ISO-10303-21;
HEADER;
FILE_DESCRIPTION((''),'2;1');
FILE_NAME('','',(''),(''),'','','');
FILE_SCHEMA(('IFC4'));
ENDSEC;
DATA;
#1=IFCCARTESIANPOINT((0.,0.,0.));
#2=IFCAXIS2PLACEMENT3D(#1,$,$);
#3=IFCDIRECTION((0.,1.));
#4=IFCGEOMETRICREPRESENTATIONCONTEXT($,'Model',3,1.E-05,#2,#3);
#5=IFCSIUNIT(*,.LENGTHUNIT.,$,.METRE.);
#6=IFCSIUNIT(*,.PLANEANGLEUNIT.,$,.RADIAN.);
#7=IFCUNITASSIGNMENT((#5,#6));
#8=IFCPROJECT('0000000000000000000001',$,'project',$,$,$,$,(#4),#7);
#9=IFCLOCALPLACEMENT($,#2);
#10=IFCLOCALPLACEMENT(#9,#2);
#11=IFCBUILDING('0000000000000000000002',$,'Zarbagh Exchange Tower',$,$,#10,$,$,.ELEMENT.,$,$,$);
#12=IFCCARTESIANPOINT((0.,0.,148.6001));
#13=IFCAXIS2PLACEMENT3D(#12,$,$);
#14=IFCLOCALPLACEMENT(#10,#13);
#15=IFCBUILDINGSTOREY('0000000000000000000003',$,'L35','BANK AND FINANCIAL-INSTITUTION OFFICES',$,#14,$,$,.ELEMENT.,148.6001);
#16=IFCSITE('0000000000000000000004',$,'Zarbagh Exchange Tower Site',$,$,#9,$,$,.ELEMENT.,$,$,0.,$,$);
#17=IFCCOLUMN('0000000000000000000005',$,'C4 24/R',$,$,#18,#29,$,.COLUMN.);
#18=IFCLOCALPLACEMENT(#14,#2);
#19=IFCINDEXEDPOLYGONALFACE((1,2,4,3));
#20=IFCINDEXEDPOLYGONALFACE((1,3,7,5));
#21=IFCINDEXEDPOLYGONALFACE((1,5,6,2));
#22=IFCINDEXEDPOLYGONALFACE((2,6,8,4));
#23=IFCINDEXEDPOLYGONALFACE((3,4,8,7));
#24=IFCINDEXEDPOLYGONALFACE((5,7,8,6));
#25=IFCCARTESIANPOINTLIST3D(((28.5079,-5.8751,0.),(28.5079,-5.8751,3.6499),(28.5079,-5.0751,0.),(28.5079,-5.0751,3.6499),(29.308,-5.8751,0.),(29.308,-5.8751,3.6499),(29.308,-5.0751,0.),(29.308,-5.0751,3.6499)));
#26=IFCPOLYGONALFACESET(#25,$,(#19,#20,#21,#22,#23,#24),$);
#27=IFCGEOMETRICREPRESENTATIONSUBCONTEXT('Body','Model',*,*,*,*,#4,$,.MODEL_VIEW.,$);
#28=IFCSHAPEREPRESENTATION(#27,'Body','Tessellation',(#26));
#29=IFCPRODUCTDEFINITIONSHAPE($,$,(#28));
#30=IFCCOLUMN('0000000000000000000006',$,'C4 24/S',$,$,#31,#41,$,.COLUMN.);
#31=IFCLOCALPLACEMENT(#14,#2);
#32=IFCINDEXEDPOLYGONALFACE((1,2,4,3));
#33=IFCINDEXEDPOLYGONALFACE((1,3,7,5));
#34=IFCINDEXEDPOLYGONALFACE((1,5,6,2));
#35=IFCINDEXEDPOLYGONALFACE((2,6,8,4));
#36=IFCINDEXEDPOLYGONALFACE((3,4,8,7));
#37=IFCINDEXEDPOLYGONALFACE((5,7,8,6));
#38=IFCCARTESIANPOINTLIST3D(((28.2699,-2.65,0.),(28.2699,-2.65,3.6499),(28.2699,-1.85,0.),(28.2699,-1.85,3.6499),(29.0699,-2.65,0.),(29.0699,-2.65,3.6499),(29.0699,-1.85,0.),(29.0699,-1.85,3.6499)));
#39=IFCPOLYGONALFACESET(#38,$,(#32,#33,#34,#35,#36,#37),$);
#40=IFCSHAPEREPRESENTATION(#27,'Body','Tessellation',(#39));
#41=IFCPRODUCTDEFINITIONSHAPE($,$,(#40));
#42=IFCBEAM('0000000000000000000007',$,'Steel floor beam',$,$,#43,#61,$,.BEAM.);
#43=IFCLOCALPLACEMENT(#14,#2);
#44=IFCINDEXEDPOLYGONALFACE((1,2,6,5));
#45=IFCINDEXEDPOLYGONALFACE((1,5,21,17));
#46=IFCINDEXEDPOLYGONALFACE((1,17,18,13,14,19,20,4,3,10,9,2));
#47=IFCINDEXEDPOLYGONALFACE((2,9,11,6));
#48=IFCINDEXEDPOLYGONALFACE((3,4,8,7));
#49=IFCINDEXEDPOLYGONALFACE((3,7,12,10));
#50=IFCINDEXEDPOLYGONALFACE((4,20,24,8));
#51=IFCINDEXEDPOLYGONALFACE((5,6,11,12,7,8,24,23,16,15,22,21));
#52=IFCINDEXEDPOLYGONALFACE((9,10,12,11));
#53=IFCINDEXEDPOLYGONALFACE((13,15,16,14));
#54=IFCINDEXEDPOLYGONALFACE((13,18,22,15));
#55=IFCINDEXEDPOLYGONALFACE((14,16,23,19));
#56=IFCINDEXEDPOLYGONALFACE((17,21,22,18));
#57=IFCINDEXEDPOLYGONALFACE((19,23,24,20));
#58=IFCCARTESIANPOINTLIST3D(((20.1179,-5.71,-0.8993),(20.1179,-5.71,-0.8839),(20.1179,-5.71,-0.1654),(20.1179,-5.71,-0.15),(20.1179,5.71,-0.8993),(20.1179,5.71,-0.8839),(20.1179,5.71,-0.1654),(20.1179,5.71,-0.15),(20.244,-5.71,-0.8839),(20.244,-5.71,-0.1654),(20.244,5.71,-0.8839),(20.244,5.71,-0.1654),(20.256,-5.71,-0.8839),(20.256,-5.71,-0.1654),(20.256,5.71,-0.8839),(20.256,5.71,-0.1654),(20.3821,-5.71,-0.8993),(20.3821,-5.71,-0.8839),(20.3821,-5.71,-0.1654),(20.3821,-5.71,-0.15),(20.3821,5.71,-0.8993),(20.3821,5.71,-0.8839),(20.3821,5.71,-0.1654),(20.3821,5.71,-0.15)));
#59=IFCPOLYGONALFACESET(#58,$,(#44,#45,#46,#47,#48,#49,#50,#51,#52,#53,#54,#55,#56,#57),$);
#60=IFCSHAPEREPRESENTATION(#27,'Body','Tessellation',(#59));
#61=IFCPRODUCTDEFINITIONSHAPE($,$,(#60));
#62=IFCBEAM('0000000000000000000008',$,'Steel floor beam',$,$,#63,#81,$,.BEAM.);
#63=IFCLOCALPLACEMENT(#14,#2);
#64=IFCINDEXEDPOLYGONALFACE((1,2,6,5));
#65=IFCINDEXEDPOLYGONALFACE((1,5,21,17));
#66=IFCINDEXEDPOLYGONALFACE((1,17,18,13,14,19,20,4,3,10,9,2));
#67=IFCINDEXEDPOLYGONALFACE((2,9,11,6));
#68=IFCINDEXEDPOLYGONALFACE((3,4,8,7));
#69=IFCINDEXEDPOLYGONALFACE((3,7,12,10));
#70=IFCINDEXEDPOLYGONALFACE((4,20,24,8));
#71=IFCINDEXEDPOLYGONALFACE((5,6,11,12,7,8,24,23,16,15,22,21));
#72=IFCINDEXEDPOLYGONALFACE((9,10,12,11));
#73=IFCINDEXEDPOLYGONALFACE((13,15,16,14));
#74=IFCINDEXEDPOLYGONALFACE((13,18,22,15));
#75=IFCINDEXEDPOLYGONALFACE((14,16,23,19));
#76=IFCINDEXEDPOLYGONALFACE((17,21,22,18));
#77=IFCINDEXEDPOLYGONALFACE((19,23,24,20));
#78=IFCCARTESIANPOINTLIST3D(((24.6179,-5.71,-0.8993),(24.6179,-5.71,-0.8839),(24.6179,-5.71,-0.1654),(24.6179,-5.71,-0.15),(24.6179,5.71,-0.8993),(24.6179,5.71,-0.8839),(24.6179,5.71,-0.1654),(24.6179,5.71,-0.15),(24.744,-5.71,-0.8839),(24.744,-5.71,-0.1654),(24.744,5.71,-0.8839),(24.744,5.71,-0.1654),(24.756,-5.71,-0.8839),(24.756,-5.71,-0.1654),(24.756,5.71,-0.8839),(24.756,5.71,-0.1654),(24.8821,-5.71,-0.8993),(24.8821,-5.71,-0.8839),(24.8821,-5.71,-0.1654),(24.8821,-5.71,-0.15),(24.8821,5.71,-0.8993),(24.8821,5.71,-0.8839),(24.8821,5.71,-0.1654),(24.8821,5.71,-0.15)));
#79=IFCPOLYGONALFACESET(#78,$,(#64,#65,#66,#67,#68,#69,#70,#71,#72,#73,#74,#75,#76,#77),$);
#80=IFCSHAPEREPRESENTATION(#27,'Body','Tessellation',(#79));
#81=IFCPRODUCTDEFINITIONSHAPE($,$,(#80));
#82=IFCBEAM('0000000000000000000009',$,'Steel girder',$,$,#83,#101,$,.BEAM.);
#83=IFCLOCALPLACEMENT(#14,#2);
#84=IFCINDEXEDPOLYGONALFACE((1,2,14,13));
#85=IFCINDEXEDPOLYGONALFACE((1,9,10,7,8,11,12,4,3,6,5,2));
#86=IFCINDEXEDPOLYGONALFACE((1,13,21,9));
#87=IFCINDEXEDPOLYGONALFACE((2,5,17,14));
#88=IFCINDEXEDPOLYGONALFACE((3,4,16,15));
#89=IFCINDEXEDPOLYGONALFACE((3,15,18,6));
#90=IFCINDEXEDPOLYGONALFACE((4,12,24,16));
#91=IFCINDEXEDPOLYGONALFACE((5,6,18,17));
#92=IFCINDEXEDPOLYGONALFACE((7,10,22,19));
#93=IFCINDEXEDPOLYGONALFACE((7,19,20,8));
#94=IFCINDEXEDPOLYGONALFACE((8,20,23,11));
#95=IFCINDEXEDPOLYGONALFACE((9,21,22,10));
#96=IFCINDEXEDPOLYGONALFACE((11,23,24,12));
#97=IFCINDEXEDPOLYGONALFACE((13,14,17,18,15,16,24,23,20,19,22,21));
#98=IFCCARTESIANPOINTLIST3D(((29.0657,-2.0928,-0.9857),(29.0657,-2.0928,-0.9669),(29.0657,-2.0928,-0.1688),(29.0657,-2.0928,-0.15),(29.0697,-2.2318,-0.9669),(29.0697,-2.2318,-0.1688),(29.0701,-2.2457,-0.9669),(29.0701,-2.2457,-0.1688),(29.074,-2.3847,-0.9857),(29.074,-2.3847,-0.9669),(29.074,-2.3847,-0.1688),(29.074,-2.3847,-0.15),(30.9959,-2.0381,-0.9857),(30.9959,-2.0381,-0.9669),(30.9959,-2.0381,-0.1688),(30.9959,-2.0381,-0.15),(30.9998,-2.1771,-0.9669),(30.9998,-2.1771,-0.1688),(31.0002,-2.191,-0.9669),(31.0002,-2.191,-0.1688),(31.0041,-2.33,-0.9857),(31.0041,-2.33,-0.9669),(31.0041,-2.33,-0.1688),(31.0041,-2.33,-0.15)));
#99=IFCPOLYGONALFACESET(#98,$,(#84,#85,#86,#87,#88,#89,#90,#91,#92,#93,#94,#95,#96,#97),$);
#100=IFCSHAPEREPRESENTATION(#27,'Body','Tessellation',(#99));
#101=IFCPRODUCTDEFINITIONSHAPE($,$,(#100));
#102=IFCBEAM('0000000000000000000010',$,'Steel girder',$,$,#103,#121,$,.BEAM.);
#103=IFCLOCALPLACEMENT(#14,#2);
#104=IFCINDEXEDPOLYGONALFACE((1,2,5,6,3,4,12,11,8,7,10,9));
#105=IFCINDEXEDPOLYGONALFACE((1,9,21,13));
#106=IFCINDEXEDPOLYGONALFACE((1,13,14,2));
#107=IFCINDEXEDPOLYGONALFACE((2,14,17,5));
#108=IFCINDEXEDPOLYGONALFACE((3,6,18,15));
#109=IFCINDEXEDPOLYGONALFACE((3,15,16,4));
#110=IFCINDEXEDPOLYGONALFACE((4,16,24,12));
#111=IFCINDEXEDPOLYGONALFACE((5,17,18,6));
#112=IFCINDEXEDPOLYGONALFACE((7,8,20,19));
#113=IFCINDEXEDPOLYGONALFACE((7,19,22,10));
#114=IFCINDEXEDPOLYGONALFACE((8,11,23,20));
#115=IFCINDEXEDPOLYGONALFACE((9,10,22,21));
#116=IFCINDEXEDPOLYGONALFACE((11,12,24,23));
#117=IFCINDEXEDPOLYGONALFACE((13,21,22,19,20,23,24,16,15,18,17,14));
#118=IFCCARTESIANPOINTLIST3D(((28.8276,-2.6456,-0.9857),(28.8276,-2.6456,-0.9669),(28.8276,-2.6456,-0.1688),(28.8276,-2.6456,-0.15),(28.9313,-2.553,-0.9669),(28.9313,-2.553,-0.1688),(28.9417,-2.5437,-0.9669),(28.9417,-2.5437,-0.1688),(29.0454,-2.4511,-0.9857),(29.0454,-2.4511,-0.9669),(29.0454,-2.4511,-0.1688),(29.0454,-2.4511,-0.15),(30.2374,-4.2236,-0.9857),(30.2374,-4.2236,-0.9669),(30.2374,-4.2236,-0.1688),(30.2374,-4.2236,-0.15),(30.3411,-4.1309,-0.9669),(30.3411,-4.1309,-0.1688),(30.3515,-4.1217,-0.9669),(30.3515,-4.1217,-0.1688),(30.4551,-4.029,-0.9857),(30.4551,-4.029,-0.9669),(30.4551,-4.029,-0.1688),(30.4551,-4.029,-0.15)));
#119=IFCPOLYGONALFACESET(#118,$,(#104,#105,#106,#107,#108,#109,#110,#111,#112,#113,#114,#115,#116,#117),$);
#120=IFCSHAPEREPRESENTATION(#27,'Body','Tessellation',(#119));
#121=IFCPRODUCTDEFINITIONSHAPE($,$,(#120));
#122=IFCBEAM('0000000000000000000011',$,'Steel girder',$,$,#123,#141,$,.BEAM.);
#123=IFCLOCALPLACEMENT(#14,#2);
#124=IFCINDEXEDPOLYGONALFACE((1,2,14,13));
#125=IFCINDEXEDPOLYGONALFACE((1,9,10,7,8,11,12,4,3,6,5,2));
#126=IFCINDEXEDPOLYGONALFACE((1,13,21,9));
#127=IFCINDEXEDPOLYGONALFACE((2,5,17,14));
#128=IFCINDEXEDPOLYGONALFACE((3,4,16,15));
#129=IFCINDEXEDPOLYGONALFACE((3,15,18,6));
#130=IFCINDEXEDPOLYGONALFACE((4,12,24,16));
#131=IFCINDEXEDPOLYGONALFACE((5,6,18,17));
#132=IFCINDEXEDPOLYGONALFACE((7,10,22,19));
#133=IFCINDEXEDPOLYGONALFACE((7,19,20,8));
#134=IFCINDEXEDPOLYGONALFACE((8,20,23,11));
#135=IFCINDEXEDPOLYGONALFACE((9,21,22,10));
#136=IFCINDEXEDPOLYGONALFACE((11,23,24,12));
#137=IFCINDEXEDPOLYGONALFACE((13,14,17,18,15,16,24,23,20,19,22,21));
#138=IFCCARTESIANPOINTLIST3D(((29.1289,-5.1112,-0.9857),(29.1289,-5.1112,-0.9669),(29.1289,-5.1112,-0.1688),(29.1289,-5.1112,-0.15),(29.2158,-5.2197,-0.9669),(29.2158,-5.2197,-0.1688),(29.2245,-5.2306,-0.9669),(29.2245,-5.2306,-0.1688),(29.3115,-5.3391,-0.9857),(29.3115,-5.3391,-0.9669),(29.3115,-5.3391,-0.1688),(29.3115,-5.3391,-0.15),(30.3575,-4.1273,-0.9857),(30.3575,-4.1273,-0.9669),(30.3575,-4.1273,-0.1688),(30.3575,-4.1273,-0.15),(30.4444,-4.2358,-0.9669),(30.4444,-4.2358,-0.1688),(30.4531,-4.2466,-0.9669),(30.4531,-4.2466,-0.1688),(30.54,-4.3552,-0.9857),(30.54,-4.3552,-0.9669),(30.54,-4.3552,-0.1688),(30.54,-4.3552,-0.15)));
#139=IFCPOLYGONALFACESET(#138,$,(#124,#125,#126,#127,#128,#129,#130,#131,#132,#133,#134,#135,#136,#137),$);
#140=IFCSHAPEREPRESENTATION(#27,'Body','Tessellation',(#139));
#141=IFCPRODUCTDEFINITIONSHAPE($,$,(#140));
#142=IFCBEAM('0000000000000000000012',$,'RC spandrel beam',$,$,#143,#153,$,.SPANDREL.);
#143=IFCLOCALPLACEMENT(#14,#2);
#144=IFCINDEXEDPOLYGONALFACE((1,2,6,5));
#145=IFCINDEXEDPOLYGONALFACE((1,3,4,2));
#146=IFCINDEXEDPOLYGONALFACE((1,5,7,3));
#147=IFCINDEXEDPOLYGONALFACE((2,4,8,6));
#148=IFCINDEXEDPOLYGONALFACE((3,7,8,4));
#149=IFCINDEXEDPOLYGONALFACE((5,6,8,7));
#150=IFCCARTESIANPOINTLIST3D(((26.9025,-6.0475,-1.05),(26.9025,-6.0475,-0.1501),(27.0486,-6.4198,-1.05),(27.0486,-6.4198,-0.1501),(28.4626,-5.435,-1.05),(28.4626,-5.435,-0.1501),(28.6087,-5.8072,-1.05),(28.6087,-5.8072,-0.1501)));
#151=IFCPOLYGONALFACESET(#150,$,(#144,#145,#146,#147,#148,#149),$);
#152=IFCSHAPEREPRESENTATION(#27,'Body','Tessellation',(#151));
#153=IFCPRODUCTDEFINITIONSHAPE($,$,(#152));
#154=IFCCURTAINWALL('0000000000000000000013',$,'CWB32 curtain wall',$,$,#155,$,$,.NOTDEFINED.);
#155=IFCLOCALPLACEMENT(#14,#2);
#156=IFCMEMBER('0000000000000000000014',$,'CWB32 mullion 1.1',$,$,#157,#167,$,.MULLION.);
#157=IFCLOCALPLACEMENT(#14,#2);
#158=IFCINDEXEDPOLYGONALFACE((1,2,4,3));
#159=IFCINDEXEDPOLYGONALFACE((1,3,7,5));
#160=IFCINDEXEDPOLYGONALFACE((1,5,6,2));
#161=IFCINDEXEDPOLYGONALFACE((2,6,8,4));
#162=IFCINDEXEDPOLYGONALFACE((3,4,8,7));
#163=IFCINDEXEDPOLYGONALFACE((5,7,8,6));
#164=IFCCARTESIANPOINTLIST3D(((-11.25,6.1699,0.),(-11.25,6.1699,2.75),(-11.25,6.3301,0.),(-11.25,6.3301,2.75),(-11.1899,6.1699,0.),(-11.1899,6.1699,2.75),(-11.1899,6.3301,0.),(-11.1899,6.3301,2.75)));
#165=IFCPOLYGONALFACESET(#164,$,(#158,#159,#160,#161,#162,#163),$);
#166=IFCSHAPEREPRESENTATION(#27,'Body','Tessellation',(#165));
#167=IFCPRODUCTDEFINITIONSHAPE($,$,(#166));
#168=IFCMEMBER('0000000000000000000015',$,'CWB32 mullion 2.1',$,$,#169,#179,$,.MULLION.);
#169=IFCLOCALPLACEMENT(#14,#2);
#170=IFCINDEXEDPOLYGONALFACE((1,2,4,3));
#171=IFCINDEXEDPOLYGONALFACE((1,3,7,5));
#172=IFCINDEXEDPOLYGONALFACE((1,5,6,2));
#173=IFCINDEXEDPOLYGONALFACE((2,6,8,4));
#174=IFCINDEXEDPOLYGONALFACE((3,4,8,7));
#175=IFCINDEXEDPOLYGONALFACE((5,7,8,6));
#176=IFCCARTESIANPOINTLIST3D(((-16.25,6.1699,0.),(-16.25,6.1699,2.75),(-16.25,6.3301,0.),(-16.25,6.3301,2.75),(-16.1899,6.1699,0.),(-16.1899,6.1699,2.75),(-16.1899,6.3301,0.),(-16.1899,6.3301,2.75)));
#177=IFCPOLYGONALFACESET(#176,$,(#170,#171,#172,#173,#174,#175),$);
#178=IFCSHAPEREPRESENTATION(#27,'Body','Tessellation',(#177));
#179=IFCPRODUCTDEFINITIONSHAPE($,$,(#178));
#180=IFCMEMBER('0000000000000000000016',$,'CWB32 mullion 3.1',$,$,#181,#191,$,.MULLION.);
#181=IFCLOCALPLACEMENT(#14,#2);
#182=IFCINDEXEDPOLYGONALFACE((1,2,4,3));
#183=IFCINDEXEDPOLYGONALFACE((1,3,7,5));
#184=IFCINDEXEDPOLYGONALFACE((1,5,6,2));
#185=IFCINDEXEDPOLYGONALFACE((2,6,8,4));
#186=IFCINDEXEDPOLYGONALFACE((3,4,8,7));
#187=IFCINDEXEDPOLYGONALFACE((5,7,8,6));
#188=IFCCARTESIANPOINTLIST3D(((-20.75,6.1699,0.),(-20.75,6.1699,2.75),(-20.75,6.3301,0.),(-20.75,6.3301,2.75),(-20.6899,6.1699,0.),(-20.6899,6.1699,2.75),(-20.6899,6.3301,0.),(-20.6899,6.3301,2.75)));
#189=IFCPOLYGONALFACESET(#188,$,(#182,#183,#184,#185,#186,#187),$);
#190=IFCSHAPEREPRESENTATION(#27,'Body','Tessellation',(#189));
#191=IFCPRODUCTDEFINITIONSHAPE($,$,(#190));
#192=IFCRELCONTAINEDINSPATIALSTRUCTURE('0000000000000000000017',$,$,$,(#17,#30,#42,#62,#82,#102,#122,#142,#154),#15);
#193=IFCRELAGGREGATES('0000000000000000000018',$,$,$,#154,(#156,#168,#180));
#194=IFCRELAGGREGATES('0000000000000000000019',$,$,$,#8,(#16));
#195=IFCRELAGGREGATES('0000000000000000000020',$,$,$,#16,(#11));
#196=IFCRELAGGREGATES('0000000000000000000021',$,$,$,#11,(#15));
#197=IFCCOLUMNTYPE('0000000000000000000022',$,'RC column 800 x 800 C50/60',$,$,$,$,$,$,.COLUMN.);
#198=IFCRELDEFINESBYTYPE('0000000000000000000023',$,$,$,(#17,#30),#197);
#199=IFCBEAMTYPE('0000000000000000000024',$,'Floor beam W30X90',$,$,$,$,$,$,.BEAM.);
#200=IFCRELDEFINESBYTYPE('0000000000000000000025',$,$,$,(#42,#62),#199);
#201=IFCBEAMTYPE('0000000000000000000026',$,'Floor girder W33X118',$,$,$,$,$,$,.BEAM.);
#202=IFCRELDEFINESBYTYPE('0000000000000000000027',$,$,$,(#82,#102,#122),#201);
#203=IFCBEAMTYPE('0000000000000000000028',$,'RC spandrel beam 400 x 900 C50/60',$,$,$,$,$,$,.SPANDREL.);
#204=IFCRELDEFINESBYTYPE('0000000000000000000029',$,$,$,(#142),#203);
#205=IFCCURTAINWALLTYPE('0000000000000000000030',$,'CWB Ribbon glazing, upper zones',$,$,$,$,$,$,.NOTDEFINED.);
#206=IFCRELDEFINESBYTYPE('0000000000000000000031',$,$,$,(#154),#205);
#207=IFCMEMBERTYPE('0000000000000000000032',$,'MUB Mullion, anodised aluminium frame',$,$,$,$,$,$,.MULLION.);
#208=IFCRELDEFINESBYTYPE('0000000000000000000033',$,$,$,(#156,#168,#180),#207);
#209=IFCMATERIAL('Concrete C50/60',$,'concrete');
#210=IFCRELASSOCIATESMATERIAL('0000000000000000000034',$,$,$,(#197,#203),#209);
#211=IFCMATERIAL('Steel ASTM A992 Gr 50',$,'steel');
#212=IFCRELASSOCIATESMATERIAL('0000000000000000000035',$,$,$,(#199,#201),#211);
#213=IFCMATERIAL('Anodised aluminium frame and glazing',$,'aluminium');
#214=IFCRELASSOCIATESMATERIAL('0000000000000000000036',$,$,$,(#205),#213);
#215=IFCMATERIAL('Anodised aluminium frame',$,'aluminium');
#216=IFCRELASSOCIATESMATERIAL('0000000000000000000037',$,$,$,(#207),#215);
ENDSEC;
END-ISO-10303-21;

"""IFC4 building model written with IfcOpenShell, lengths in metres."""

from ifc_helpers import new_model, si_unit, direction, frame, origin, origin_2d, place, context, subcontext, project, spatial, polyline, rectangle, i_section, outline, extrude, source, transform, mapped, material, material_profile, profile_set, type_object, element, aggregate, save


model = new_model("IFC4")

# Units and contexts
model_context = context("Model", 3, precision=1e-05, world=origin(), true_north=direction((0.0, 1.0)))
body_context = subcontext(model_context, "Body", "Model", "MODEL_VIEW")
ifc_project = project(units=[si_unit("LENGTHUNIT", "METRE"), si_unit("PLANEANGLEUNIT", "RADIAN")], contexts=[model_context])

# Site, building, storey
site_placement = place(None, origin())
site = spatial("IfcSite", under=ifc_project, at=site_placement, Name="Zarbagh Exchange Tower Site", CompositionType="ELEMENT", RefElevation=0.0)
building_placement = place(site_placement, origin())
building = spatial("IfcBuilding", under=site, at=building_placement, Name="Zarbagh Exchange Tower", CompositionType="ELEMENT")
storey_placement = place(building_placement, frame((0.0, 0.0, 148.6001)))
storey = spatial("IfcBuildingStorey", under=building, at=storey_placement, Name="L35", Description="BANK AND FINANCIAL-INSTITUTION OFFICES", CompositionType="ELEMENT", Elevation=148.6001)

# Columns
ifc_material_1 = material(Name="Concrete C50/60", Category="concrete")
ifc_material_profile_1 = material_profile(ifc_material_1, rectangle(XDim=0.8, YDim=0.8, at=origin_2d()), Name="RC column 800 x 800 C50/60")
ifc_profile_set_1 = profile_set([ifc_material_profile_1], Name="Concrete C50/60")
column_type = type_object("IfcColumnType", Name="RC column 800 x 800 C50/60", PredefinedType="COLUMN", material=ifc_profile_set_1)
for number, where, z_axis, x_axis, name in (
    (1, (28.908, -5.4751, 0.0), (0.0, 0.0, 1.0), (1.0, 0.0, 0.0), "C4 24/R"),
    (2, (28.6699, -2.25, 0.0), (0.0, 0.0, 1.0), (1.0, 0.0, 0.0), "C4 24/S"),
):
    element("IfcColumn", number, at=place(storey_placement, frame(where, z_axis=z_axis, x_axis=x_axis)), inside=storey, type_object=column_type, Name=name, PredefinedType="COLUMN", context=body_context, shape_type="SweptSolid", body=[
        extrude(rectangle(XDim=0.8, YDim=0.8, at=origin_2d()), origin(), (0.0, 0.0, 1.0), 3.6499),
    ])

# Beams
ifc_material_2 = material(Name="Steel ASTM A992 Gr 50", Category="steel")
ifc_material_profile_2 = material_profile(ifc_material_2, i_section(OverallWidth=0.2642, OverallDepth=0.7493, WebThickness=0.012, FlangeThickness=0.0154, at=origin_2d()), Name="W30X90")
ifc_profile_set_2 = profile_set([ifc_material_profile_2], Name="Steel ASTM A992 Gr 50")
beam_type_1 = type_object("IfcBeamType", Name="Floor beam W30X90", PredefinedType="BEAM", material=ifc_profile_set_2)
for number, where, z_axis, x_axis, name in (
    (3, (20.25, -5.71, -0.5247), (0.0, 1.0, 0.0), (-1.0, 0.0, 0.0), "Steel floor beam"),
    (4, (24.75, -5.71, -0.5247), (0.0, 1.0, 0.0), (-1.0, 0.0, 0.0), "Steel floor beam"),
):
    element("IfcBeam", number, at=place(storey_placement, frame(where, z_axis=z_axis, x_axis=x_axis)), inside=storey, type_object=beam_type_1, Name=name, PredefinedType="BEAM", context=body_context, shape_type="SweptSolid", body=[
        extrude(i_section(OverallWidth=0.2642, OverallDepth=0.7493, WebThickness=0.012, FlangeThickness=0.0154, at=origin_2d()), origin(), (0.0, 0.0, 1.0), 11.4199),
    ])
ifc_material_profile_3 = material_profile(ifc_material_2, i_section(OverallWidth=0.292, OverallDepth=0.8357, WebThickness=0.0139, FlangeThickness=0.0188, at=origin_2d()), Name="W33X118")
ifc_profile_set_3 = profile_set([ifc_material_profile_3], Name="Steel ASTM A992 Gr 50")
beam_type_2 = type_object("IfcBeamType", Name="Floor girder W33X118", PredefinedType="BEAM", material=ifc_profile_set_3)
beam_1_placement = place(storey_placement, frame((31.0, -2.1841, -0.5679), z_axis=(-0.999599, -0.028322, 0.0), x_axis=(0.028322, -0.999599, 0.0)))
element("IfcBeam", 5, at=beam_1_placement, inside=storey, type_object=beam_type_2, Name="Steel girder", PredefinedType="BEAM", context=body_context, shape_type="SweptSolid", body=[
    extrude(i_section(OverallWidth=0.292, OverallDepth=0.8357, WebThickness=0.0139, FlangeThickness=0.0188, at=origin_2d()), origin(), (0.0, 0.0, 1.0), 1.9309),
])
beam_2_placement = place(storey_placement, frame((28.9365, -2.5483, -0.5679), z_axis=(0.666238, -0.745739, 0.0), x_axis=(0.745739, 0.666238, 0.0)))
element("IfcBeam", 6, at=beam_2_placement, inside=storey, type_object=beam_type_2, Name="Steel girder", PredefinedType="BEAM", context=body_context, shape_type="SweptSolid", body=[
    extrude(i_section(OverallWidth=0.292, OverallDepth=0.8357, WebThickness=0.0139, FlangeThickness=0.0188, at=origin_2d()), origin(), (0.0, 0.0, 1.0), 2.116),
])
beam_3_placement = place(storey_placement, frame((30.4487, -4.2412, -0.5679), z_axis=(-0.780536, -0.625111, 0.0), x_axis=(0.625111, -0.780536, 0.0)))
element("IfcBeam", 7, at=beam_3_placement, inside=storey, type_object=beam_type_2, Name="Steel girder", PredefinedType="BEAM", context=body_context, shape_type="SweptSolid", body=[
    extrude(i_section(OverallWidth=0.292, OverallDepth=0.8357, WebThickness=0.0139, FlangeThickness=0.0188, at=origin_2d()), origin(), (0.0, 0.0, 1.0), 1.574),
])
ifc_material_profile_4 = material_profile(ifc_material_1, rectangle(XDim=0.3999, YDim=0.8999, at=origin_2d()), Name="RC spandrel beam 400 x 900 C50/60")
ifc_profile_set_4 = profile_set([ifc_material_profile_4], Name="Concrete C50/60")
beam_type_3 = type_object("IfcBeamType", Name="RC spandrel beam 400 x 900 C50/60", PredefinedType="SPANDREL", material=ifc_profile_set_4)
beam_4_placement = place(storey_placement, frame((28.5356, -5.6211, -0.6001), z_axis=(-0.930819, -0.365481, 0.0), x_axis=(0.365481, -0.930819, 0.0)))
element("IfcBeam", 8, at=beam_4_placement, inside=storey, type_object=beam_type_3, Name="RC spandrel beam", PredefinedType="SPANDREL", context=body_context, shape_type="SweptSolid", body=[
    extrude(rectangle(XDim=0.3999, YDim=0.8999, at=origin_2d()), origin(), (0.0, 0.0, 1.0), 1.676),
])

# Curtain wall, members
ifc_material_3 = material(Name="Anodised aluminium frame and glazing", Category="aluminium")
curtain_wall_type = type_object("IfcCurtainWallType", Name="CWB Ribbon glazing, upper zones", PredefinedType="NOTDEFINED", material=ifc_material_3)
curtain_wall_1_placement = place(storey_placement, origin())
curtain_wall_1 = element("IfcCurtainWall", 9, at=curtain_wall_1_placement, inside=storey, type_object=curtain_wall_type, Name="CWB32 curtain wall", PredefinedType="NOTDEFINED")
ifc_material_4 = material(Name="Anodised aluminium frame", Category="aluminium")
member_type_1 = type_object("IfcMemberType", Name="MUB Mullion, anodised aluminium frame", PredefinedType="MULLION", material=ifc_material_4)
shared_shape_1 = source(origin(), body_context, "Body", "SweptSolid", [
    extrude(outline(polyline([(0.0, -0.0801), (0.0601, -0.0801), (0.0601, 0.0801), (0.0, 0.0801), (0.0, -0.0801)])), origin(), (0.0, 0.0, 1.0), 2.75),
])
placement = place(storey_placement, origin())
member_1 = element("IfcMember", 10, at=placement, type_object=member_type_1, Name="CWB32 mullion 1.1", PredefinedType="MULLION", context=body_context, shape_type="MappedRepresentation", body=[
    mapped(shared_shape_1, transform((-11.1899, 6.25, 0.0), x_axis=(-1.0, 0.0, 0.0), y_axis=(0.0, -1.0, 0.0), z_axis=(0.0, 0.0, 1.0))),
])
member_2 = element("IfcMember", 11, at=placement, type_object=member_type_1, Name="CWB32 mullion 2.1", PredefinedType="MULLION", context=body_context, shape_type="MappedRepresentation", body=[
    mapped(shared_shape_1, transform((-16.1899, 6.25, 0.0), x_axis=(-1.0, 0.0, 0.0), y_axis=(0.0, -1.0, 0.0), z_axis=(0.0, 0.0, 1.0))),
])
member_3 = element("IfcMember", 12, at=placement, type_object=member_type_1, Name="CWB32 mullion 3.1", PredefinedType="MULLION", context=body_context, shape_type="MappedRepresentation", body=[
    mapped(shared_shape_1, transform((-20.6899, 6.25, 0.0), x_axis=(-1.0, 0.0, 0.0), y_axis=(0.0, -1.0, 0.0), z_axis=(0.0, 0.0, 1.0))),
])

aggregate(curtain_wall_1, [member_1, member_2, member_3])

save(model, "model.ifc")
